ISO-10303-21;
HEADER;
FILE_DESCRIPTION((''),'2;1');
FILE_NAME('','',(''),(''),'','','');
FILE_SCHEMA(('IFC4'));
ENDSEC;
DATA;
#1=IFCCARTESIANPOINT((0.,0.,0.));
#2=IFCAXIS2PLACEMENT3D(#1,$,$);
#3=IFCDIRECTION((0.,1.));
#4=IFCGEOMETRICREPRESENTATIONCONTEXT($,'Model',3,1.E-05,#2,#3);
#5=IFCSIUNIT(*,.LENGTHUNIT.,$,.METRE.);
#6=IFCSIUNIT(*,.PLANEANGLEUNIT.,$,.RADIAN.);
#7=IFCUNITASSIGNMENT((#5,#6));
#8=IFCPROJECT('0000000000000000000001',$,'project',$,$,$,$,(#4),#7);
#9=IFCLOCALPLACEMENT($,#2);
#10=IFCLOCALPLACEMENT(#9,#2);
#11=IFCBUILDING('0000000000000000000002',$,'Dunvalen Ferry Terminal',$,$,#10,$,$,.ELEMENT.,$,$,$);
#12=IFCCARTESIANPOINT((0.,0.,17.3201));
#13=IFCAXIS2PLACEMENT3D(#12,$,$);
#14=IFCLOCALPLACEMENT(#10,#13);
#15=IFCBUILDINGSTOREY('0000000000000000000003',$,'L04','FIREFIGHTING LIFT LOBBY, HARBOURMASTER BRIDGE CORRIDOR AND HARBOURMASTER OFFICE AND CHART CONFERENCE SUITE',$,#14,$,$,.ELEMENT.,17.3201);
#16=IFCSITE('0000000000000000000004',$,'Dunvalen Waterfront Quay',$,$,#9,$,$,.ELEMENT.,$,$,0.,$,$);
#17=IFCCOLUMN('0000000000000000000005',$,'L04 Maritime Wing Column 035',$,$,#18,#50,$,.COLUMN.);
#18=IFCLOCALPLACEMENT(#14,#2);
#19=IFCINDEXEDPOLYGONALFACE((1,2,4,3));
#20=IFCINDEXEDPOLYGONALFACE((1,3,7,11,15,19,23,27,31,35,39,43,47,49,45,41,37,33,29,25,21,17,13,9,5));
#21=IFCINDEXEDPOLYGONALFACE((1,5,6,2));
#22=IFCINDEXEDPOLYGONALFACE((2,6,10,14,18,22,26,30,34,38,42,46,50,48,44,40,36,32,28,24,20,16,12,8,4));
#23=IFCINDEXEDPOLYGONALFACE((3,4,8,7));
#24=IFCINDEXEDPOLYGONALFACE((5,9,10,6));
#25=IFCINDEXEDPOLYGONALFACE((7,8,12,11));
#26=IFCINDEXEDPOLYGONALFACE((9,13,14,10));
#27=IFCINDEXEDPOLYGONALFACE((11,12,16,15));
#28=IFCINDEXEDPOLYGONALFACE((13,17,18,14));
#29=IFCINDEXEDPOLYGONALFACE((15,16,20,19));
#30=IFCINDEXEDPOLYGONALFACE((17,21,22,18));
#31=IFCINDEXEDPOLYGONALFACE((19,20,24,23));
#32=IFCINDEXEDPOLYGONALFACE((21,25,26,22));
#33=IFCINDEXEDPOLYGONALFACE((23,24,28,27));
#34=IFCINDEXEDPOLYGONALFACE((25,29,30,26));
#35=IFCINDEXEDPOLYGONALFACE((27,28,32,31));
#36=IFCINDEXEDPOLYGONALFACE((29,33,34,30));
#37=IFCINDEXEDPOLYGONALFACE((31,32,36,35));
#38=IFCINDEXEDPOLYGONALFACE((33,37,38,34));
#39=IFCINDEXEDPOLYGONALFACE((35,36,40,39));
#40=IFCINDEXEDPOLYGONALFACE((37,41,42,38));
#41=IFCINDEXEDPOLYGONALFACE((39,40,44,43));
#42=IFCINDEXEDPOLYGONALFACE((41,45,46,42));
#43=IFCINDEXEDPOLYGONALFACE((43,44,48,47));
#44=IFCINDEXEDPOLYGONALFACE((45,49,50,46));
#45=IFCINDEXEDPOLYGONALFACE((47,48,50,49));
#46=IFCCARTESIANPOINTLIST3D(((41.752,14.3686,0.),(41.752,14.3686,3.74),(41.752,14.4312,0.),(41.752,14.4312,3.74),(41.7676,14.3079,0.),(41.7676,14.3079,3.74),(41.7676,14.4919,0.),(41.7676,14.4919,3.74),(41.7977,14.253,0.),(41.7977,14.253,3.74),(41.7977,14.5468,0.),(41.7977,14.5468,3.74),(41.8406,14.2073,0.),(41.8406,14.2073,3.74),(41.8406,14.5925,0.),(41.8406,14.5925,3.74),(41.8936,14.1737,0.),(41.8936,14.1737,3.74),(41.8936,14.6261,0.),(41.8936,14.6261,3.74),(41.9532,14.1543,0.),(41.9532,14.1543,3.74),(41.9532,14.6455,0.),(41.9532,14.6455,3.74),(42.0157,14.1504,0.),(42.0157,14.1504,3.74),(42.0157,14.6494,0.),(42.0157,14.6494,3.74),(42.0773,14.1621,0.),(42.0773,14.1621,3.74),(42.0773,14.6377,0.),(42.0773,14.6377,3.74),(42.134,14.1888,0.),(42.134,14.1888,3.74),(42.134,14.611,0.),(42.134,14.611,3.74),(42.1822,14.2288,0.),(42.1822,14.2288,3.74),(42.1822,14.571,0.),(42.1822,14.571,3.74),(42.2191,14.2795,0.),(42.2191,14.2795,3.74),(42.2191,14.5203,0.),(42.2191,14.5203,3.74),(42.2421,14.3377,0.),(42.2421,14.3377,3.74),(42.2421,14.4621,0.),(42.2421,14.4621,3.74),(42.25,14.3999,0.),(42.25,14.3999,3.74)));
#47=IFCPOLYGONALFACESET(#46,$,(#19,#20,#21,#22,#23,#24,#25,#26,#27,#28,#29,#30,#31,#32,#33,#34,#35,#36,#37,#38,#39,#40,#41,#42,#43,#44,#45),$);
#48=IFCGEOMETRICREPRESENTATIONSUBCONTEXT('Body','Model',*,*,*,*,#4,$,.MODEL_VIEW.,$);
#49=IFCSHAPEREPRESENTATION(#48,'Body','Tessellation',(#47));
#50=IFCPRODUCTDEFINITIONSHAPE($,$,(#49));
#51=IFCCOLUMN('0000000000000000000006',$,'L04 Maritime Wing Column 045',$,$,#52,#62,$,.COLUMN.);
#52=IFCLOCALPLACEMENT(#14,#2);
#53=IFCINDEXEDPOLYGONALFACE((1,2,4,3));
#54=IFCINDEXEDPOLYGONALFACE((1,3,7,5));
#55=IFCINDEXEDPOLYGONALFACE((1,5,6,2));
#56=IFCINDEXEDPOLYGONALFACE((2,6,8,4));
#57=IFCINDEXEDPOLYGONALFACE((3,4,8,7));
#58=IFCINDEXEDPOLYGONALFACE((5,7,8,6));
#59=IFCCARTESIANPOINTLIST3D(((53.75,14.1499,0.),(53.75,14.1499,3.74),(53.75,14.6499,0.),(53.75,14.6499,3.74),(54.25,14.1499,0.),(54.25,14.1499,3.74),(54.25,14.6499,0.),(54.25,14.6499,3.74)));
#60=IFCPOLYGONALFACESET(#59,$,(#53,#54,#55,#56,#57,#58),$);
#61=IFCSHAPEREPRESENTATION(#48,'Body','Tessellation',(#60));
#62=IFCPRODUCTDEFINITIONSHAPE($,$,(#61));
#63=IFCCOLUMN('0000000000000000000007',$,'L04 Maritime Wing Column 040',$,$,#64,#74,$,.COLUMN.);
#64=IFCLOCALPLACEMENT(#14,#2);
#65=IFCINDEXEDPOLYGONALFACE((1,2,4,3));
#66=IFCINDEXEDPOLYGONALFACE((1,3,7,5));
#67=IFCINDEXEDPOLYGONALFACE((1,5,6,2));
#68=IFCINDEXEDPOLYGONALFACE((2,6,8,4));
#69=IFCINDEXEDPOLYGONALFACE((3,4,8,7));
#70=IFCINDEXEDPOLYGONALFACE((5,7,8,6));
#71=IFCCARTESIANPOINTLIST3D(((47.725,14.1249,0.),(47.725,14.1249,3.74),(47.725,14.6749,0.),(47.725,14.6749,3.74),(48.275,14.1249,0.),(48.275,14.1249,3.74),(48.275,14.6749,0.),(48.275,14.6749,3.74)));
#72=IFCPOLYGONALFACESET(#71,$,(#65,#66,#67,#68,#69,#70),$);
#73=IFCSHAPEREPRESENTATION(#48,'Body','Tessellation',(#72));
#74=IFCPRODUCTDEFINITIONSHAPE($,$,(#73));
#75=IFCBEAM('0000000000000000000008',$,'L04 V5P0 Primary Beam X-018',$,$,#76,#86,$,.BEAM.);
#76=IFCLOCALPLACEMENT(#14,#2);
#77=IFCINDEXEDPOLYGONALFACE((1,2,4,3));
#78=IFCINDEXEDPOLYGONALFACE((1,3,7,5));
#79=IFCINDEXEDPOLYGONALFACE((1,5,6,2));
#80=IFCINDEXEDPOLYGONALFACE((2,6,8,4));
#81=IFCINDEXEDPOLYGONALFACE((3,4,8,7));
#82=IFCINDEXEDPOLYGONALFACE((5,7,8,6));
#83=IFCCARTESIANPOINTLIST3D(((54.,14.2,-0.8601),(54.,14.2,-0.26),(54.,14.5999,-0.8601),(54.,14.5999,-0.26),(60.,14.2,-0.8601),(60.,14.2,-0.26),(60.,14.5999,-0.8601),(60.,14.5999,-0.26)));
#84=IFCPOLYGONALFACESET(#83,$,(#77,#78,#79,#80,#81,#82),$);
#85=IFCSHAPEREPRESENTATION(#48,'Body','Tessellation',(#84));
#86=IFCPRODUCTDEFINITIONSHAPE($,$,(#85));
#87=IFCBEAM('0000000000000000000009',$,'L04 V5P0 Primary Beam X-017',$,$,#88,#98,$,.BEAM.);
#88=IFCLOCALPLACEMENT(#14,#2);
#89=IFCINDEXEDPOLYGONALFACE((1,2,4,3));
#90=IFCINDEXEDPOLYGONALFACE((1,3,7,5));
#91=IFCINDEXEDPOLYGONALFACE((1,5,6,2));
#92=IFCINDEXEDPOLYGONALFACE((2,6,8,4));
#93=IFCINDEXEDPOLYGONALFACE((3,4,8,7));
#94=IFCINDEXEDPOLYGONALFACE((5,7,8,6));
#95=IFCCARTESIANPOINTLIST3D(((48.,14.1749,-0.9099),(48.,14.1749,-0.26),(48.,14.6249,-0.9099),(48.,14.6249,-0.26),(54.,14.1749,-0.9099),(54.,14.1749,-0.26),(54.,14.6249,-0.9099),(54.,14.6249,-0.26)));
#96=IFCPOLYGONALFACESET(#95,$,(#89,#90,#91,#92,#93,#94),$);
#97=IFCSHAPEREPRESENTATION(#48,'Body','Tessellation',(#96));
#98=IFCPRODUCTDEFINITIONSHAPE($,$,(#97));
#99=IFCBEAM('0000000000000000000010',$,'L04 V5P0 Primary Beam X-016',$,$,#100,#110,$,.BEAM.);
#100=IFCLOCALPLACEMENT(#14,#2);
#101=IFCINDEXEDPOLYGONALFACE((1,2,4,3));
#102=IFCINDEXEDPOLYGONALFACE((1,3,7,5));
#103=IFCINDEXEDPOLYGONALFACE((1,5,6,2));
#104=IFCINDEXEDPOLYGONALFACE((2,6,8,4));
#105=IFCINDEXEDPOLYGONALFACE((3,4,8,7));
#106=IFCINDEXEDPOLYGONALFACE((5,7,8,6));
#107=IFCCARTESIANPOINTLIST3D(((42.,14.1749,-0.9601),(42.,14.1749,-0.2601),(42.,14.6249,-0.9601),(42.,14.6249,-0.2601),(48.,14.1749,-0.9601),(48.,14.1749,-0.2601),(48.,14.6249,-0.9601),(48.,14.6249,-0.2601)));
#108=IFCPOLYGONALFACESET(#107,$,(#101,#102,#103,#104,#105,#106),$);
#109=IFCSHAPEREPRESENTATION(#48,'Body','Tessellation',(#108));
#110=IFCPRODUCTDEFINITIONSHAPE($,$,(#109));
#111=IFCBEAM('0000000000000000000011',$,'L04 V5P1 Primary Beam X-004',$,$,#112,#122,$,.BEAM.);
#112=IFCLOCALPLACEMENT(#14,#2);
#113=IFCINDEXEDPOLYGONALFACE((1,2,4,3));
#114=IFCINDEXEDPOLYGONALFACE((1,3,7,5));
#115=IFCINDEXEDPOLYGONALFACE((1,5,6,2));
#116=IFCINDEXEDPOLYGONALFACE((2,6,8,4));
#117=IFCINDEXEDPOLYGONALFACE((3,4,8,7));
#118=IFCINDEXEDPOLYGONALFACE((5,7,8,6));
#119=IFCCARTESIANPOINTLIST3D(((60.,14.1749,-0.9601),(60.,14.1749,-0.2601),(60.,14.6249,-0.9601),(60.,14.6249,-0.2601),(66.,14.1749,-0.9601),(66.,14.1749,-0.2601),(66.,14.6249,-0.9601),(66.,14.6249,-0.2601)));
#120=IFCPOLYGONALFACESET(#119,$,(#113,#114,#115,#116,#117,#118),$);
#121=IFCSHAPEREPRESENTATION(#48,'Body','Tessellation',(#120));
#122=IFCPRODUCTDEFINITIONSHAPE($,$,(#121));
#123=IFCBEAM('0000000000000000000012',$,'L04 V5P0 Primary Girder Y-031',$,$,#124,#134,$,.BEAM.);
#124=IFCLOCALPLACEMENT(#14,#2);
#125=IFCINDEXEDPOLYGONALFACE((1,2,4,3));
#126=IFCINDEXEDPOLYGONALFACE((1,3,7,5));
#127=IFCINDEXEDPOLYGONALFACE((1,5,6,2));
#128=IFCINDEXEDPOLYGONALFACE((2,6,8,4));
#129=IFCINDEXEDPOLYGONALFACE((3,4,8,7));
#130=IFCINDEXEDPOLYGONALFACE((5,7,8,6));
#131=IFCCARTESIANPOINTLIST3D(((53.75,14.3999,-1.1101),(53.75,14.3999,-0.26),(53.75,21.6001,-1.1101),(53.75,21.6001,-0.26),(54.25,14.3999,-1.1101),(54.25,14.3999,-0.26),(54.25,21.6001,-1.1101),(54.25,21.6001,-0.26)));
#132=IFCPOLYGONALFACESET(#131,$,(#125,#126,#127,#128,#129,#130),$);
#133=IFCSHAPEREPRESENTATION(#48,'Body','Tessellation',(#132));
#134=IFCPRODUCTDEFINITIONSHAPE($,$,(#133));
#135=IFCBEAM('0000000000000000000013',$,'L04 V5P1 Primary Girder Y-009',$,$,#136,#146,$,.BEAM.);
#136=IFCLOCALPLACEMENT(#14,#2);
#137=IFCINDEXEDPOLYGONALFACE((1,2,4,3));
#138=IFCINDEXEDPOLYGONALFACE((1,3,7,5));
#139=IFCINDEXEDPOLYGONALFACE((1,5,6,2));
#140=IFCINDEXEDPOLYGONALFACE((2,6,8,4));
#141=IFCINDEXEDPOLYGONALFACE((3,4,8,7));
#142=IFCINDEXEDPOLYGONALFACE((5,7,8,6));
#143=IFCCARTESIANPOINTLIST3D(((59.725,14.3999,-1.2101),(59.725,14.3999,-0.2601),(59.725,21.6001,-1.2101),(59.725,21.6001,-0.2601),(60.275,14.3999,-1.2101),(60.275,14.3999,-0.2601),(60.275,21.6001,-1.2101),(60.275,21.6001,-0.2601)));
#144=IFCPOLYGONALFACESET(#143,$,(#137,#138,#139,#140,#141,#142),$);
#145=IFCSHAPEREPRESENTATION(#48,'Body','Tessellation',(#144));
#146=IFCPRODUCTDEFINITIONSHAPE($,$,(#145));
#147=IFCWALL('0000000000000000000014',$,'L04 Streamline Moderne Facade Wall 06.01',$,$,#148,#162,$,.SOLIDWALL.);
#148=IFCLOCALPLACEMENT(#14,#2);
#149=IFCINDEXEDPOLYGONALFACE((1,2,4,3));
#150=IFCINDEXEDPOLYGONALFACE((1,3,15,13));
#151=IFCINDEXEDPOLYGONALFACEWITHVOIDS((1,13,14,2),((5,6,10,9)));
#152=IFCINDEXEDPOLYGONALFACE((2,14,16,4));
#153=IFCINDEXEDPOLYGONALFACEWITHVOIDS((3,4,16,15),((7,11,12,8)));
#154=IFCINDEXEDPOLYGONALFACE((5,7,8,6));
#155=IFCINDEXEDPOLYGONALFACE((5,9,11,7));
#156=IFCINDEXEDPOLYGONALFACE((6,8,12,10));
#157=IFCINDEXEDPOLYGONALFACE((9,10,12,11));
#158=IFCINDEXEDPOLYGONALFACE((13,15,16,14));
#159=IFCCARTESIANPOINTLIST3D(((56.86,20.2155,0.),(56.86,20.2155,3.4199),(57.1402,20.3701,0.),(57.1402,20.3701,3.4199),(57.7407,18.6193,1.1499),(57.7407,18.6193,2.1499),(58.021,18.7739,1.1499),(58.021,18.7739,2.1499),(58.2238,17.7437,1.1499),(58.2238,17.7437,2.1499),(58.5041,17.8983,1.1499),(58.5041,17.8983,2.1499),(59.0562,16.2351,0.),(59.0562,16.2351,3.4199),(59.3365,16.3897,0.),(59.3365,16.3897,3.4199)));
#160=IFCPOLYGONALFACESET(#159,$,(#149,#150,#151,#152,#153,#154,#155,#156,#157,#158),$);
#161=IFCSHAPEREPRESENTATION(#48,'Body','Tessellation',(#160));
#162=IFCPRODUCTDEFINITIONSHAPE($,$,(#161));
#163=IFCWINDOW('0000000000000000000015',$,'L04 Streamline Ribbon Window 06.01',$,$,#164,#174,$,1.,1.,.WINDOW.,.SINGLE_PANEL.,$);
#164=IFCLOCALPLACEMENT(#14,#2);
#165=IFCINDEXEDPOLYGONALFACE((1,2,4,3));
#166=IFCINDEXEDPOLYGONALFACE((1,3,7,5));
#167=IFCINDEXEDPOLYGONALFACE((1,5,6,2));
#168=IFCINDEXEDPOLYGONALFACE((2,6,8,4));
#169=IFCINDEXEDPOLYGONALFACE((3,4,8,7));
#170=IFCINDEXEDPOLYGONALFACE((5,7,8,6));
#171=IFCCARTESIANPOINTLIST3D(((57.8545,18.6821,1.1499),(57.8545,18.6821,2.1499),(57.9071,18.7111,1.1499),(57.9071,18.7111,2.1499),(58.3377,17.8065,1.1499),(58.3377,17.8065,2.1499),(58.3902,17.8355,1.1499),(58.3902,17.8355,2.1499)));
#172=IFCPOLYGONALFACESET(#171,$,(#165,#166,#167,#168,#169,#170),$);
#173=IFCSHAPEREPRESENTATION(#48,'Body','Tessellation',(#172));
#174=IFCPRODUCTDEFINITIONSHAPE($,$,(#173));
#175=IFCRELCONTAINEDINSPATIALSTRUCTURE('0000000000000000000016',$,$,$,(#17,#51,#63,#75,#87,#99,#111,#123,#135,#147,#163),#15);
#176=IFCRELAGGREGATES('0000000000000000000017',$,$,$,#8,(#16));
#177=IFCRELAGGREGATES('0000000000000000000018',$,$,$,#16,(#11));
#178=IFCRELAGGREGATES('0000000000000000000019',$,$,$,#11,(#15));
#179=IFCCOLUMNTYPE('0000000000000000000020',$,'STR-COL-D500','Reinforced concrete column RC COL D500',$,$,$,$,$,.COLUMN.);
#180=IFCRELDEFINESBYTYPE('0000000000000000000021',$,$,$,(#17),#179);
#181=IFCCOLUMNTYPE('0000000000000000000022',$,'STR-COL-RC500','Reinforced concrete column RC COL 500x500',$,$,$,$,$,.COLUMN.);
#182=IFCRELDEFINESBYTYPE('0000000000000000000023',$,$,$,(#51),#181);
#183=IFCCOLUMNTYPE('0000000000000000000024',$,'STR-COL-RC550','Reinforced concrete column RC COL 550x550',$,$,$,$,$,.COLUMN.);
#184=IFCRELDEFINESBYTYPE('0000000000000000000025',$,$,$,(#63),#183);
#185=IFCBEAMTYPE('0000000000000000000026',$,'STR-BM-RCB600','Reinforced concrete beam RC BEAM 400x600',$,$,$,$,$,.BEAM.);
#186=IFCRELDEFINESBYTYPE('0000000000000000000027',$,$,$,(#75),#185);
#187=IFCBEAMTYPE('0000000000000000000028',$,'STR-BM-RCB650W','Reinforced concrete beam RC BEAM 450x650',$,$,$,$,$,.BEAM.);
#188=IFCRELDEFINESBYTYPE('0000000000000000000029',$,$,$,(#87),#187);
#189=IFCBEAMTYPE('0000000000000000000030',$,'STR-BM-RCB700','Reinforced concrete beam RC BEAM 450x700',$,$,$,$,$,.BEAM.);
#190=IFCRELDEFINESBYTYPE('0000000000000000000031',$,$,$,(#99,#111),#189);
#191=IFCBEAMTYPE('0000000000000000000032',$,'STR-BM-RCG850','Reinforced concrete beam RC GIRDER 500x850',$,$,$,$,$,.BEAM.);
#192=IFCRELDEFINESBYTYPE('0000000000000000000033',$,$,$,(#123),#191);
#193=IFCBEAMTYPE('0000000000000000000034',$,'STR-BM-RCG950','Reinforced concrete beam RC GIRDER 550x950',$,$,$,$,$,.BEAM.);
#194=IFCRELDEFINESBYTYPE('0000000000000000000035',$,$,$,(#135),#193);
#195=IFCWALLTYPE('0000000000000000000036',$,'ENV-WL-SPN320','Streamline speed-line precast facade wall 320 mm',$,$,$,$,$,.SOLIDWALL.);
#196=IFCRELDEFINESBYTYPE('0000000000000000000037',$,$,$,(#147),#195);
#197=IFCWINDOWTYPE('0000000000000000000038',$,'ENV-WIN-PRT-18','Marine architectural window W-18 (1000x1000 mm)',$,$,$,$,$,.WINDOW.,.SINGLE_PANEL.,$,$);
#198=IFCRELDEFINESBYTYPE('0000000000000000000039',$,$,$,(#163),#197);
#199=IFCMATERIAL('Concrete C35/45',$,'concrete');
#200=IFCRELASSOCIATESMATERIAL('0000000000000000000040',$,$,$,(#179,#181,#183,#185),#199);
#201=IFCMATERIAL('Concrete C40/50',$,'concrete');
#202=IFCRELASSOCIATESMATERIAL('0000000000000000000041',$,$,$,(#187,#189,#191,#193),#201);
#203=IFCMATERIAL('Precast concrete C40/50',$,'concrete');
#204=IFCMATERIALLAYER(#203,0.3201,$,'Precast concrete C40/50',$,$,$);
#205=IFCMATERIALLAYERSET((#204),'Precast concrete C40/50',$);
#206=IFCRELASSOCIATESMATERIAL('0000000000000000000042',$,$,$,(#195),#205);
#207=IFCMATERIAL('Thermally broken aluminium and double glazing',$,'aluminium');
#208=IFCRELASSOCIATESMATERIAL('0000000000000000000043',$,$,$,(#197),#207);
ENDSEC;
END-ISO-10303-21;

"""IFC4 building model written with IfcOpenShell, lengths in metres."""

from ifc_helpers import new_model, si_unit, direction, frame, frame_2d, origin, origin_2d, place, context, subcontext, project, spatial, rectangle, circle, extrude, material, layer, layer_set, material_profile, profile_set, type_object, element, fill, save


model = new_model("IFC4")

# Units and contexts
model_context = context("Model", 3, precision=1e-05, world=origin(), true_north=direction((0.0, 1.0)))
body_context = subcontext(model_context, "Body", "Model", "MODEL_VIEW")
ifc_project = project(units=[si_unit("LENGTHUNIT", "METRE"), si_unit("PLANEANGLEUNIT", "RADIAN")], contexts=[model_context])

# Site, building, storey
site_placement = place(None, origin())
site = spatial("IfcSite", under=ifc_project, at=site_placement, Name="Dunvalen Waterfront Quay", CompositionType="ELEMENT", RefElevation=0.0)
building_placement = place(site_placement, origin())
building = spatial("IfcBuilding", under=site, at=building_placement, Name="Dunvalen Ferry Terminal", CompositionType="ELEMENT")
storey_placement = place(building_placement, frame((0.0, 0.0, 17.3201)))
storey = spatial("IfcBuildingStorey", under=building, at=storey_placement, Name="L04", Description="FIREFIGHTING LIFT LOBBY, HARBOURMASTER BRIDGE CORRIDOR AND HARBOURMASTER OFFICE AND CHART CONFERENCE SUITE", CompositionType="ELEMENT", Elevation=17.3201)

# Columns
ifc_material_1 = material(Name="Concrete C35/45", Category="concrete")
ifc_material_profile_1 = material_profile(ifc_material_1, circle(Radius=0.25, at=origin_2d()), Name="Concrete C35/45")
ifc_profile_set_1 = profile_set([ifc_material_profile_1], Name="Concrete C35/45")
column_type_1 = type_object("IfcColumnType", Name="STR-COL-D500", Description="Reinforced concrete column RC COL D500", PredefinedType="COLUMN", material=ifc_profile_set_1)
column_1_placement = place(storey_placement, frame((42.0, 14.3999, 0.0), z_axis=(0.0, 0.0, 1.0), x_axis=(1.0, 0.0, 0.0)))
element("IfcColumn", 1, at=column_1_placement, inside=storey, type_object=column_type_1, Name="L04 Maritime Wing Column 035", PredefinedType="COLUMN", context=body_context, shape_type="SweptSolid", body=[
    extrude(circle(Radius=0.25, at=origin_2d()), origin(), (0.0, 0.0, 1.0), 3.74),
])
ifc_material_profile_2 = material_profile(ifc_material_1, rectangle(XDim=0.5, YDim=0.5, at=origin_2d()), Name="Concrete C35/45")
ifc_profile_set_2 = profile_set([ifc_material_profile_2], Name="Concrete C35/45")
column_type_2 = type_object("IfcColumnType", Name="STR-COL-RC500", Description="Reinforced concrete column RC COL 500x500", PredefinedType="COLUMN", material=ifc_profile_set_2)
column_2_placement = place(storey_placement, frame((54.0, 14.3999, 0.0), z_axis=(0.0, 0.0, 1.0), x_axis=(1.0, 0.0, 0.0)))
element("IfcColumn", 2, at=column_2_placement, inside=storey, type_object=column_type_2, Name="L04 Maritime Wing Column 045", PredefinedType="COLUMN", context=body_context, shape_type="SweptSolid", body=[
    extrude(rectangle(XDim=0.5, YDim=0.5, at=origin_2d()), origin(), (0.0, 0.0, 1.0), 3.74),
])
ifc_material_profile_3 = material_profile(ifc_material_1, rectangle(XDim=0.55, YDim=0.55, at=origin_2d()), Name="Concrete C35/45")
ifc_profile_set_3 = profile_set([ifc_material_profile_3], Name="Concrete C35/45")
column_type_3 = type_object("IfcColumnType", Name="STR-COL-RC550", Description="Reinforced concrete column RC COL 550x550", PredefinedType="COLUMN", material=ifc_profile_set_3)
column_3_placement = place(storey_placement, frame((48.0, 14.3999, 0.0), z_axis=(0.0, 0.0, 1.0), x_axis=(1.0, 0.0, 0.0)))
element("IfcColumn", 3, at=column_3_placement, inside=storey, type_object=column_type_3, Name="L04 Maritime Wing Column 040", PredefinedType="COLUMN", context=body_context, shape_type="SweptSolid", body=[
    extrude(rectangle(XDim=0.55, YDim=0.55, at=origin_2d()), origin(), (0.0, 0.0, 1.0), 3.74),
])

# Beams
ifc_material_profile_4 = material_profile(ifc_material_1, rectangle(XDim=0.3999, YDim=0.6001, at=origin_2d()), Name="Concrete C35/45")
ifc_profile_set_4 = profile_set([ifc_material_profile_4], Name="Concrete C35/45")
beam_type_1 = type_object("IfcBeamType", Name="STR-BM-RCB600", Description="Reinforced concrete beam RC BEAM 400x600", PredefinedType="BEAM", material=ifc_profile_set_4)
beam_1_placement = place(storey_placement, frame((54.0, 14.3999, -0.5601), z_axis=(1.0, 0.0, 0.0), x_axis=(0.0, 1.0, 0.0)))
element("IfcBeam", 4, at=beam_1_placement, inside=storey, type_object=beam_type_1, Name="L04 V5P0 Primary Beam X-018", PredefinedType="BEAM", context=body_context, shape_type="SweptSolid", body=[
    extrude(rectangle(XDim=0.3999, YDim=0.6001, at=origin_2d()), origin(), (0.0, 0.0, 1.0), 6.0),
])
ifc_material_2 = material(Name="Concrete C40/50", Category="concrete")
ifc_material_profile_5 = material_profile(ifc_material_2, rectangle(XDim=0.45, YDim=0.6499, at=origin_2d()), Name="Concrete C40/50")
ifc_profile_set_5 = profile_set([ifc_material_profile_5], Name="Concrete C40/50")
beam_type_2 = type_object("IfcBeamType", Name="STR-BM-RCB650W", Description="Reinforced concrete beam RC BEAM 450x650", PredefinedType="BEAM", material=ifc_profile_set_5)
beam_2_placement = place(storey_placement, frame((48.0, 14.3999, -0.585), z_axis=(1.0, 0.0, 0.0), x_axis=(0.0, 1.0, 0.0)))
element("IfcBeam", 5, at=beam_2_placement, inside=storey, type_object=beam_type_2, Name="L04 V5P0 Primary Beam X-017", PredefinedType="BEAM", context=body_context, shape_type="SweptSolid", body=[
    extrude(rectangle(XDim=0.45, YDim=0.6499, at=origin_2d()), origin(), (0.0, 0.0, 1.0), 6.0),
])
ifc_material_profile_6 = material_profile(ifc_material_2, rectangle(XDim=0.45, YDim=0.7, at=origin_2d()), Name="Concrete C40/50")
ifc_profile_set_6 = profile_set([ifc_material_profile_6], Name="Concrete C40/50")
beam_type_3 = type_object("IfcBeamType", Name="STR-BM-RCB700", Description="Reinforced concrete beam RC BEAM 450x700", PredefinedType="BEAM", material=ifc_profile_set_6)
for number, where, z_axis, x_axis, name in (
    (6, (42.0, 14.3999, -0.6101), (1.0, 0.0, 0.0), (0.0, 1.0, 0.0), "L04 V5P0 Primary Beam X-016"),
    (7, (60.0, 14.3999, -0.6101), (1.0, 0.0, 0.0), (0.0, 1.0, 0.0), "L04 V5P1 Primary Beam X-004"),
):
    element("IfcBeam", number, at=place(storey_placement, frame(where, z_axis=z_axis, x_axis=x_axis)), inside=storey, type_object=beam_type_3, Name=name, PredefinedType="BEAM", context=body_context, shape_type="SweptSolid", body=[
        extrude(rectangle(XDim=0.45, YDim=0.7, at=origin_2d()), origin(), (0.0, 0.0, 1.0), 6.0),
    ])
ifc_material_profile_7 = material_profile(ifc_material_2, rectangle(XDim=0.5, YDim=0.8501, at=origin_2d()), Name="Concrete C40/50")
ifc_profile_set_7 = profile_set([ifc_material_profile_7], Name="Concrete C40/50")
beam_type_4 = type_object("IfcBeamType", Name="STR-BM-RCG850", Description="Reinforced concrete beam RC GIRDER 500x850", PredefinedType="BEAM", material=ifc_profile_set_7)
beam_3_placement = place(storey_placement, frame((54.0, 14.3999, -0.6851), z_axis=(0.0, 1.0, 0.0), x_axis=(-1.0, 0.0, 0.0)))
element("IfcBeam", 8, at=beam_3_placement, inside=storey, type_object=beam_type_4, Name="L04 V5P0 Primary Girder Y-031", PredefinedType="BEAM", context=body_context, shape_type="SweptSolid", body=[
    extrude(rectangle(XDim=0.5, YDim=0.8501, at=origin_2d()), origin(), (0.0, 0.0, 1.0), 7.2002),
])
ifc_material_profile_8 = material_profile(ifc_material_2, rectangle(XDim=0.55, YDim=0.95, at=origin_2d()), Name="Concrete C40/50")
ifc_profile_set_8 = profile_set([ifc_material_profile_8], Name="Concrete C40/50")
beam_type_5 = type_object("IfcBeamType", Name="STR-BM-RCG950", Description="Reinforced concrete beam RC GIRDER 550x950", PredefinedType="BEAM", material=ifc_profile_set_8)
beam_4_placement = place(storey_placement, frame((60.0, 14.3999, -0.7351), z_axis=(0.0, 1.0, 0.0), x_axis=(-1.0, 0.0, 0.0)))
element("IfcBeam", 9, at=beam_4_placement, inside=storey, type_object=beam_type_5, Name="L04 V5P1 Primary Girder Y-009", PredefinedType="BEAM", context=body_context, shape_type="SweptSolid", body=[
    extrude(rectangle(XDim=0.55, YDim=0.95, at=origin_2d()), origin(), (0.0, 0.0, 1.0), 7.2002),
])

# Wall, opening, window
ifc_material_3 = material(Name="Precast concrete C40/50", Category="concrete")
ifc_layer_1 = layer(ifc_material_3, 0.3201, Name="Precast concrete C40/50")
ifc_layer_set_1 = layer_set([ifc_layer_1], Name="Precast concrete C40/50")
wall_type_1 = type_object("IfcWallType", Name="ENV-WL-SPN320", Description="Streamline speed-line precast facade wall 320 mm", PredefinedType="SOLIDWALL", material=ifc_layer_set_1)
wall_1_placement = place(storey_placement, frame((59.1963, 16.3125, 0.0), z_axis=(0.0, 0.0, 1.0), x_axis=(-0.483106, 0.875562, 0.0)))
wall_1 = element("IfcWall", 10, at=wall_1_placement, inside=storey, type_object=wall_type_1, Name="L04 Streamline Moderne Facade Wall 06.01", PredefinedType="SOLIDWALL", context=body_context, shape_type="SweptSolid", body=[
    extrude(rectangle(XDim=4.5461, YDim=0.3201, at=frame_2d((2.2729, 0.0))), origin(), (0.0, 0.0, 1.0), 3.4199),
])
opening_1_placement = place(wall_1_placement, frame((1.7229, 0.0, 1.1499)))
opening_1 = element("IfcOpeningElement", 11, at=opening_1_placement, cuts=wall_1, PredefinedType="OPENING", context=body_context, shape_type="SweptSolid", body=[
    extrude(rectangle(XDim=1.0, YDim=1.0, at=frame_2d((0.5, 0.5))), frame((0.0, 0.1699, 0.0), z_axis=(0.0, -1.0, 0.0), x_axis=(1.0, 0.0, 0.0)), (0.0, 0.0, 1.0), 0.3401),
])
ifc_material_4 = material(Name="Thermally broken aluminium and double glazing", Category="aluminium")
window_type = type_object("IfcWindowType", Name="ENV-WIN-PRT-18", Description="Marine architectural window W-18 (1000x1000 mm)", PartitioningType="SINGLE_PANEL", PredefinedType="WINDOW", material=ifc_material_4)
window_placement = place(opening_1_placement, origin())
window = element("IfcWindow", 12, at=window_placement, inside=storey, type_object=window_type, Name="L04 Streamline Ribbon Window 06.01", OverallHeight=1.0, OverallWidth=1.0, PartitioningType="SINGLE_PANEL", PredefinedType="WINDOW", context=body_context, shape_type="SweptSolid", body=[
    extrude(rectangle(XDim=1.0, YDim=1.0, at=frame_2d((0.5, 0.5))), frame((0.0, 0.03, 0.0), z_axis=(0.0, -1.0, 0.0), x_axis=(1.0, 0.0, 0.0)), (0.0, 0.0, 1.0), 0.0601),
])
fill(opening_1, window)

save(model, "model.ifc")
